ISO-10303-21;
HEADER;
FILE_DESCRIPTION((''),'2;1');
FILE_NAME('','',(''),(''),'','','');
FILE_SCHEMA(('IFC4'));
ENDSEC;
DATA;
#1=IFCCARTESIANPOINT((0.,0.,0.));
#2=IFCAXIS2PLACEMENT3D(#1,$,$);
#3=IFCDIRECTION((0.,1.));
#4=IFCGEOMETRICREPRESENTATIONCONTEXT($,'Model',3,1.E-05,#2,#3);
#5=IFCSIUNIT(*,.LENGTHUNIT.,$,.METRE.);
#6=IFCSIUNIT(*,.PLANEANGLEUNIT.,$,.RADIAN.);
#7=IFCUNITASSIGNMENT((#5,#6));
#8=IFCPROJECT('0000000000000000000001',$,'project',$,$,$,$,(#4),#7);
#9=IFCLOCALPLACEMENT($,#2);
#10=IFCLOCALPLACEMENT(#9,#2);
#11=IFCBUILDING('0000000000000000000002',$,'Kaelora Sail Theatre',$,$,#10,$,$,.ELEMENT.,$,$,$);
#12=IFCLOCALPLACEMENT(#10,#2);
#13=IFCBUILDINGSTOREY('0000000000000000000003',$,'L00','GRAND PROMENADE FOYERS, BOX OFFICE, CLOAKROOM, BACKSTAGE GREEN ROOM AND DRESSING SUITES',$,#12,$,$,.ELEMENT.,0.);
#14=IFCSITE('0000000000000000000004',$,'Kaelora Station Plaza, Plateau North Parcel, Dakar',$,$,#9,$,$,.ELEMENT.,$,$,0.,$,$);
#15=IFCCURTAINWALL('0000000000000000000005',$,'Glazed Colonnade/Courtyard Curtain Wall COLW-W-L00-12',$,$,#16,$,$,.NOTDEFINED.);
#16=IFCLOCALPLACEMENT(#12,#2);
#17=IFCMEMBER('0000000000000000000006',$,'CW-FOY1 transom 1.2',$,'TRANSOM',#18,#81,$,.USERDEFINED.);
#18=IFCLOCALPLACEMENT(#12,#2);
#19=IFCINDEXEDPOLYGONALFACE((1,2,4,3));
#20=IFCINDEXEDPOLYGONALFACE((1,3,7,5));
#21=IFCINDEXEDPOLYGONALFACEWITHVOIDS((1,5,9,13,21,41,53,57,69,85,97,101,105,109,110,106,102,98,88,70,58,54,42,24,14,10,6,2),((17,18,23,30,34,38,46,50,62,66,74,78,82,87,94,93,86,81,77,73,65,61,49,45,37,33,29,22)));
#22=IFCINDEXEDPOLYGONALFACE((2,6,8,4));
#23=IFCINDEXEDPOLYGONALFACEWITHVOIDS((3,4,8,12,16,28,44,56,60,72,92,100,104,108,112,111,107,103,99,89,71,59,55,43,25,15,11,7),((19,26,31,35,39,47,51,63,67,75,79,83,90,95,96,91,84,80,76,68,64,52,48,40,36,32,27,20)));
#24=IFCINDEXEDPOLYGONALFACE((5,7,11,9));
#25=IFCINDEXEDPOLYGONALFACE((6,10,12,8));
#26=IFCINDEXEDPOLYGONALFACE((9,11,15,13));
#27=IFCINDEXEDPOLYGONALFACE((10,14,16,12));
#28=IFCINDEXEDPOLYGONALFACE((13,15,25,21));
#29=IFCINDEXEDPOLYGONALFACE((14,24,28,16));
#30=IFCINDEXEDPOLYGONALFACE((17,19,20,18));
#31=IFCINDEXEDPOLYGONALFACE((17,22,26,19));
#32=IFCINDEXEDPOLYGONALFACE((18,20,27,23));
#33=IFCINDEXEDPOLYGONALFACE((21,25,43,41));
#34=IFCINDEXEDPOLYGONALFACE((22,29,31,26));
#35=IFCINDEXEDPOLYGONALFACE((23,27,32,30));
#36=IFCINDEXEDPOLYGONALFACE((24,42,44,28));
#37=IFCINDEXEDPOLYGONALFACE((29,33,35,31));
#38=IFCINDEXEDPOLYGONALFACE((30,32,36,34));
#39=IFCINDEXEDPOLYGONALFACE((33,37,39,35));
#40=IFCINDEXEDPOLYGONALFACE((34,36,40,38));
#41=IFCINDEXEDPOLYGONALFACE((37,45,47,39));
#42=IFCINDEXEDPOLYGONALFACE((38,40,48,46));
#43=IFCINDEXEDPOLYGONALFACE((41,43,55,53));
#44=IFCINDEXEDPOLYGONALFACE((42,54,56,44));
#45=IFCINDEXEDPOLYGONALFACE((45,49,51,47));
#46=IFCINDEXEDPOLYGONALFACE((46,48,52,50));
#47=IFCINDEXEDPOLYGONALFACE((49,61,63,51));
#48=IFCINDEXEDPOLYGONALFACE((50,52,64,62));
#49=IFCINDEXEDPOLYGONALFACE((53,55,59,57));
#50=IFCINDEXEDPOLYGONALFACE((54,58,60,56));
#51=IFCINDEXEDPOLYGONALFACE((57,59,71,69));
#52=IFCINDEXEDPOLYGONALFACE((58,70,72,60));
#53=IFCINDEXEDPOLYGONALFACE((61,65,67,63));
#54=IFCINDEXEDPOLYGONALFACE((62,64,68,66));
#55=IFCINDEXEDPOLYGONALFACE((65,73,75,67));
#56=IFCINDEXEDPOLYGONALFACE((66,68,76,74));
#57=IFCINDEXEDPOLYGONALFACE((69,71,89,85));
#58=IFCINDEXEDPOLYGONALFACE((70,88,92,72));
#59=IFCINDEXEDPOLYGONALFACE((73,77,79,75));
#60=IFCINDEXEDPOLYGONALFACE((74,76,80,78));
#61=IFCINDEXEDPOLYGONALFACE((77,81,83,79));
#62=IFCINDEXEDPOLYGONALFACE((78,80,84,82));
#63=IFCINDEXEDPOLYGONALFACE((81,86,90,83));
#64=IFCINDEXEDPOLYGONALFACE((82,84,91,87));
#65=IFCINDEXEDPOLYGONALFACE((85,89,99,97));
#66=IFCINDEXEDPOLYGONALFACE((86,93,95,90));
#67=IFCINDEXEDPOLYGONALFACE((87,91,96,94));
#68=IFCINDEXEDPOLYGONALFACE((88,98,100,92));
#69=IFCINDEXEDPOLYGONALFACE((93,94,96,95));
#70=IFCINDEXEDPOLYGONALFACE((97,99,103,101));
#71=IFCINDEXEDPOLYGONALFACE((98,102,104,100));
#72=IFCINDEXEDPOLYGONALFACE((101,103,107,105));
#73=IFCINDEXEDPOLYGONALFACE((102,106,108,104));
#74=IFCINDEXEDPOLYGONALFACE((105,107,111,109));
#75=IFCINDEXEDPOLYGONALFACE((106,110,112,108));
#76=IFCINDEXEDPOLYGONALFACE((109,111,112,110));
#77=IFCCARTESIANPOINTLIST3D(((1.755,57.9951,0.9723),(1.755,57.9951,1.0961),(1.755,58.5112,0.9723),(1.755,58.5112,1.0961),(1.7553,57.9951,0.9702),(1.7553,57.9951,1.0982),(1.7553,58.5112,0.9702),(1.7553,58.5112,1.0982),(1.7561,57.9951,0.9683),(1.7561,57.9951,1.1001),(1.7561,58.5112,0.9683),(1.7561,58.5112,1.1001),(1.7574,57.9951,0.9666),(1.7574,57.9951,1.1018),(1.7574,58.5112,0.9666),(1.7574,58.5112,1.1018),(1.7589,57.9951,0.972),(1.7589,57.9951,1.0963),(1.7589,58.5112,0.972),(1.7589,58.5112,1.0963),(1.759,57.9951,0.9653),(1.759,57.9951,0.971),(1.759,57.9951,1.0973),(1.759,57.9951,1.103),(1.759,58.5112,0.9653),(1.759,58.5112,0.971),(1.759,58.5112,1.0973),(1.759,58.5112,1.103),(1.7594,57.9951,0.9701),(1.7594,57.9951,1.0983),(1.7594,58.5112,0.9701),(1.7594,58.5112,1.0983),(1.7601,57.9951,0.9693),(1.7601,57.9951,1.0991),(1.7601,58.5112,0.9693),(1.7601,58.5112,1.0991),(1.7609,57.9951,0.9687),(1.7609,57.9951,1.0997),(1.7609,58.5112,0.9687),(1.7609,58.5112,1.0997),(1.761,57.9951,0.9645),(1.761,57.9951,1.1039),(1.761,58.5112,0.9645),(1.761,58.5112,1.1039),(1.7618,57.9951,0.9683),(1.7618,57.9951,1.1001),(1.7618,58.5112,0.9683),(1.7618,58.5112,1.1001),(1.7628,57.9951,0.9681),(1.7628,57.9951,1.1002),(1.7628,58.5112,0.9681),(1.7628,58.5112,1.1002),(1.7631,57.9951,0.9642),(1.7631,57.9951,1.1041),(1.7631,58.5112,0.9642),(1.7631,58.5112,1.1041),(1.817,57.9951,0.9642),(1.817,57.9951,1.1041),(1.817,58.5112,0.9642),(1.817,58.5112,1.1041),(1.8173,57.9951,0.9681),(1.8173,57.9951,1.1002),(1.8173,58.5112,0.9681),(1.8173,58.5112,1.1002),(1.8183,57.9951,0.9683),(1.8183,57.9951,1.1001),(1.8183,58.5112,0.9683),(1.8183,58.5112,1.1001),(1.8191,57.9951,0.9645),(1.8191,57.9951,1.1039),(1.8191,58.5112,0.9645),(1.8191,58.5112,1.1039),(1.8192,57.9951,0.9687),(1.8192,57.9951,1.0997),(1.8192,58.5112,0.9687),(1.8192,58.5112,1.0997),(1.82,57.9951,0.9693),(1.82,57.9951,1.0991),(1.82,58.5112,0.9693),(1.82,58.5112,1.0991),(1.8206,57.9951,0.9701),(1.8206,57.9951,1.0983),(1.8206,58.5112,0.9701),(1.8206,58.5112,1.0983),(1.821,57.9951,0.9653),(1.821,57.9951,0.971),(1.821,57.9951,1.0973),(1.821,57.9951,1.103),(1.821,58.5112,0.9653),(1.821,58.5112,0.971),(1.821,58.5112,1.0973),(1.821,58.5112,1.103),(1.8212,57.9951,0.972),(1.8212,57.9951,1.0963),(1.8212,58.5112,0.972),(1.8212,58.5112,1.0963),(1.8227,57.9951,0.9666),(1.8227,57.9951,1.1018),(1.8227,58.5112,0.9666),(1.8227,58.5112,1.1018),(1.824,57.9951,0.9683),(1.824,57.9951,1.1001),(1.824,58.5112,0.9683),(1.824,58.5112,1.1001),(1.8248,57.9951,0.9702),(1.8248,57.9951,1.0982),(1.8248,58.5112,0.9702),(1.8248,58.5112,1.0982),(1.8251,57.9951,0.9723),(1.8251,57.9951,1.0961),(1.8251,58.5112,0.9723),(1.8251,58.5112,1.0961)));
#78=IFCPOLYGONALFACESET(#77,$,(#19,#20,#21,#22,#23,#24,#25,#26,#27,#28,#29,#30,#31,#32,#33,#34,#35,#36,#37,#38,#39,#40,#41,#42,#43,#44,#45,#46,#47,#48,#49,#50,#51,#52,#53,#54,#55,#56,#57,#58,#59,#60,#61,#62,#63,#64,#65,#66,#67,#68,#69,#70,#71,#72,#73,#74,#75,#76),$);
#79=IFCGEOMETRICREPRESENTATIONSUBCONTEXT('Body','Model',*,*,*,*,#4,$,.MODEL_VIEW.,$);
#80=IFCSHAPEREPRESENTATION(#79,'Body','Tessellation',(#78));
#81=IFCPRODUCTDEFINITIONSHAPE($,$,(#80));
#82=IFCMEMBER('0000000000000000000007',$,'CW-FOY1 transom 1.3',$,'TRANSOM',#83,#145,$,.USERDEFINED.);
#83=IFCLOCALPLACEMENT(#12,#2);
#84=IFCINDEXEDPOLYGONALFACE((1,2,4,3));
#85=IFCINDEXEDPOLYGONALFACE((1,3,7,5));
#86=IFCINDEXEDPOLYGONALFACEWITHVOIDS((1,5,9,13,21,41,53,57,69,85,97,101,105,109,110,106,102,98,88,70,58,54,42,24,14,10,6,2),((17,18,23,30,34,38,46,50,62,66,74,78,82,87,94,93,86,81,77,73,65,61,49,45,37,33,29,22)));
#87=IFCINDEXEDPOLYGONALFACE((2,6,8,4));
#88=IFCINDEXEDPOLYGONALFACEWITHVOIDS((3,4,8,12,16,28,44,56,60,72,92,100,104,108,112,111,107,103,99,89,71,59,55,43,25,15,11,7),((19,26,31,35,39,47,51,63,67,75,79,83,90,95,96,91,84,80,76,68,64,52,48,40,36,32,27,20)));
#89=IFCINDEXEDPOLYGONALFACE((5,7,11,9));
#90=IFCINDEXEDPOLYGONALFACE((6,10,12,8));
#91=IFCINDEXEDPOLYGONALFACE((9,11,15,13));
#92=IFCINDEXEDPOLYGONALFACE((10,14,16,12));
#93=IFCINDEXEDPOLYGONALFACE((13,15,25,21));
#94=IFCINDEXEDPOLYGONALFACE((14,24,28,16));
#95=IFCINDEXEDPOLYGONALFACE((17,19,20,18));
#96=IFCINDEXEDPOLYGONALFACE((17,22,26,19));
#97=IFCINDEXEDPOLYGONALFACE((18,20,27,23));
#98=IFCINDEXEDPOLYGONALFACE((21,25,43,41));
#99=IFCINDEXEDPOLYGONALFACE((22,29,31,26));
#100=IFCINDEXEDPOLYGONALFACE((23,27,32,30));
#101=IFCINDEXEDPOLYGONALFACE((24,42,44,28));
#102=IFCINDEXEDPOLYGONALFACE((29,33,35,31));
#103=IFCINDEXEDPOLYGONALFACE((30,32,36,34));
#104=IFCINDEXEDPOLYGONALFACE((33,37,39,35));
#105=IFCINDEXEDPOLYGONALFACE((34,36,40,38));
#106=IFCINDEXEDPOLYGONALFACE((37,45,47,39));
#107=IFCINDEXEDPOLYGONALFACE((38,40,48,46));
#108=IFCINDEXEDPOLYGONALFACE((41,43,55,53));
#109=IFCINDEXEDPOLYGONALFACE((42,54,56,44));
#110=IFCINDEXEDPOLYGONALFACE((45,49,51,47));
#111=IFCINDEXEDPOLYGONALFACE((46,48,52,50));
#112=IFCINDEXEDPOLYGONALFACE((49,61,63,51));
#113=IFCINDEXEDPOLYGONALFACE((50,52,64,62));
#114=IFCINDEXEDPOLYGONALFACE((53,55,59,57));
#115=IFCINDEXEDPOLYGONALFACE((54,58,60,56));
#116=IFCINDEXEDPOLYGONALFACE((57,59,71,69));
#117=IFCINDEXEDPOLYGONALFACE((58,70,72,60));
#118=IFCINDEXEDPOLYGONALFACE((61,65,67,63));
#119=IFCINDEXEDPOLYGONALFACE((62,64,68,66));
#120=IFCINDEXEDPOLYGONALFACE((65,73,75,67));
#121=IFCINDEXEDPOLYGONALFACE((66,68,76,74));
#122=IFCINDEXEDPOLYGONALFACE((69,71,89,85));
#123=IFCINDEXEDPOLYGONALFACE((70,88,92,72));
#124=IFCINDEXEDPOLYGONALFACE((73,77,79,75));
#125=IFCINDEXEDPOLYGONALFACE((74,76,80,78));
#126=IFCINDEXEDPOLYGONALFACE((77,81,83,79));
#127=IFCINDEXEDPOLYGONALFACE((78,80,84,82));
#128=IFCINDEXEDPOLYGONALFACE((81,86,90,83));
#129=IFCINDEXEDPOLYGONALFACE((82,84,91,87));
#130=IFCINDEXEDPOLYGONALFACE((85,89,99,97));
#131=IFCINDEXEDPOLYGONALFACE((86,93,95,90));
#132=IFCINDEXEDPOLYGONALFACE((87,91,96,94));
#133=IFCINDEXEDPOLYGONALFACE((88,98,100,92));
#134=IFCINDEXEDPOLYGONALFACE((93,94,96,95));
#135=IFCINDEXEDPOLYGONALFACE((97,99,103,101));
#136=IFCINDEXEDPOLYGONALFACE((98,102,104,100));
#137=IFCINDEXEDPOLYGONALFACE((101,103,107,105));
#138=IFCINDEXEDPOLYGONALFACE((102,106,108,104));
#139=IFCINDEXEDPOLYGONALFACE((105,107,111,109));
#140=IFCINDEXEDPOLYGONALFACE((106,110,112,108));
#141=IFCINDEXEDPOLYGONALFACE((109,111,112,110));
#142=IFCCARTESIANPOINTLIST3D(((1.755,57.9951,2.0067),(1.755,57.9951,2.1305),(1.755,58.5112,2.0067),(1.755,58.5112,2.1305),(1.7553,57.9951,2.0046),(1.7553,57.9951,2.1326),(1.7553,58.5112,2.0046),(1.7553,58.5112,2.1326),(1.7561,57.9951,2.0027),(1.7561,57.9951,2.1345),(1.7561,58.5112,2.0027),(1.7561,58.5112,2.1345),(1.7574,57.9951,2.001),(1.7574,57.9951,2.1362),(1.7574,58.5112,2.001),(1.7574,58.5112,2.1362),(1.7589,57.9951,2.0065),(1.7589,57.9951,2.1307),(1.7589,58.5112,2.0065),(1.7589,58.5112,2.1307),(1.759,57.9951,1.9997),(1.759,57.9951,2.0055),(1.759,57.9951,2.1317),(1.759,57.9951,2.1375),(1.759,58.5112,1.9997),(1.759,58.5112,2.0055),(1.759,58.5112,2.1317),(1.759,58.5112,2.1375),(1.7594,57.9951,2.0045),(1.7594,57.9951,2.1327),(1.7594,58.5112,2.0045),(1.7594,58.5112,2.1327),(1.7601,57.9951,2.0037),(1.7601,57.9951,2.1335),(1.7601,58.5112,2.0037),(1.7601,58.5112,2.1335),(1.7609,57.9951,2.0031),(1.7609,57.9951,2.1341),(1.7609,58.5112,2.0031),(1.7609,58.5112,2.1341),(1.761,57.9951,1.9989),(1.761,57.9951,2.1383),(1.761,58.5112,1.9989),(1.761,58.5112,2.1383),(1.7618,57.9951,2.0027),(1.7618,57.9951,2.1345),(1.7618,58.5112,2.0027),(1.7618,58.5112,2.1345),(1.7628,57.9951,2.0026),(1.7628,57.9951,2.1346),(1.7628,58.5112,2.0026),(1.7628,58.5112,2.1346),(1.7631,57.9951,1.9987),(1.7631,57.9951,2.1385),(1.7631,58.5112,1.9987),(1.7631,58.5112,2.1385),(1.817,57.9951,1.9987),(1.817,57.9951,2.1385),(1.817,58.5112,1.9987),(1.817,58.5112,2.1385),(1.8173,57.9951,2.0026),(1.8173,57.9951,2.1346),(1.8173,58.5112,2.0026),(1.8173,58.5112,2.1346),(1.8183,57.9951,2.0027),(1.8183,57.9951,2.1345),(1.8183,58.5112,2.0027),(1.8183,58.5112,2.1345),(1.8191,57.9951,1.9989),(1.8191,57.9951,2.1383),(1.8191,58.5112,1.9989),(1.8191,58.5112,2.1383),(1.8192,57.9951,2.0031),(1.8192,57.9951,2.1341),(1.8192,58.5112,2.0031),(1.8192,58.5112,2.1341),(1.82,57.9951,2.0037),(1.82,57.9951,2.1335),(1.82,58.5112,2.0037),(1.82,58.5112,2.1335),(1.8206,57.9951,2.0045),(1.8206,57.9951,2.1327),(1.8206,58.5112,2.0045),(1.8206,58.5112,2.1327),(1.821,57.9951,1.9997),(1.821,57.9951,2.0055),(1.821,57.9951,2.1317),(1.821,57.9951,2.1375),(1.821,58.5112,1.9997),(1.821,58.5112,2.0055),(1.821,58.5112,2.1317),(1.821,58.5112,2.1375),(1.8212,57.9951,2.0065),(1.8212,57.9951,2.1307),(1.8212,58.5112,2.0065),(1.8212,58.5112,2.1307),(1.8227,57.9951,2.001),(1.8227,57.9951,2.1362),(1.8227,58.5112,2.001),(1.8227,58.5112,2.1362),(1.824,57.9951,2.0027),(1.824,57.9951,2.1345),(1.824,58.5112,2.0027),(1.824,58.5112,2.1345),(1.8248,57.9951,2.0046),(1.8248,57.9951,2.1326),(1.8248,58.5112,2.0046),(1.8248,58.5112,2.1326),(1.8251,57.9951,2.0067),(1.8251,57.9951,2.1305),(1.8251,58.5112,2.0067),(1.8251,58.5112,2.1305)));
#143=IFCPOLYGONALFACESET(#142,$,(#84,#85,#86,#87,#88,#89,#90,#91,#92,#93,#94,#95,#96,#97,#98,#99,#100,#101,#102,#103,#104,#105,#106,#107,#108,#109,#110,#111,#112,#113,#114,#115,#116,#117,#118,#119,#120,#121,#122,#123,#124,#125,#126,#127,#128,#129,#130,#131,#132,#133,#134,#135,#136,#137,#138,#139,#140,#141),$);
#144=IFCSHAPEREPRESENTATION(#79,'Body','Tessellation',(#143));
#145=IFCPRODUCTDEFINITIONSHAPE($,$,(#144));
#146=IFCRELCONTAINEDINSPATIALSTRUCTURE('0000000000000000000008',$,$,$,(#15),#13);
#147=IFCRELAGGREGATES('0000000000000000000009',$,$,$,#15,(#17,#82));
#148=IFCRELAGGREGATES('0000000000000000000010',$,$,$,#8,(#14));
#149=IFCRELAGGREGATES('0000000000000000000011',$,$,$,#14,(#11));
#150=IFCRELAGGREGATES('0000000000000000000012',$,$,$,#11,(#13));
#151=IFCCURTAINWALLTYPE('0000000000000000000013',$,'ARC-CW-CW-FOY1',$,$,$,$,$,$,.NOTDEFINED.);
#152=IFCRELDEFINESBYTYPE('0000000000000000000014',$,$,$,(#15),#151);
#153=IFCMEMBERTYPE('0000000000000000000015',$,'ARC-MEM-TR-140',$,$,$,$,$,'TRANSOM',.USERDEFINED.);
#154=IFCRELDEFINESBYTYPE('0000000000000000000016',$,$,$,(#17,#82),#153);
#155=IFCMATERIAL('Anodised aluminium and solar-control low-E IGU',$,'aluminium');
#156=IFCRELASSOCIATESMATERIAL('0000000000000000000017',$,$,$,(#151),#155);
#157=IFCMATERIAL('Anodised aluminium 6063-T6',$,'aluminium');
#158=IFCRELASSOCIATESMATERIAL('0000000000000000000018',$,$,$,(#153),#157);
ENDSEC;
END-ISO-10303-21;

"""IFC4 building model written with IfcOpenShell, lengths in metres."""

from ifc_helpers import new_model, si_unit, direction, frame, origin, origin_2d, place, context, subcontext, project, spatial, hollow_rectangle, extrude, material, material_profile, profile_set, type_object, element, aggregate, save


model = new_model("IFC4")

# Units and contexts
model_context = context("Model", 3, precision=1e-05, world=origin(), true_north=direction((0.0, 1.0)))
body_context = subcontext(model_context, "Body", "Model", "MODEL_VIEW")
ifc_project = project(units=[si_unit("LENGTHUNIT", "METRE"), si_unit("PLANEANGLEUNIT", "RADIAN")], contexts=[model_context])

# Site, building, storey
site_placement = place(None, origin())
site = spatial("IfcSite", under=ifc_project, at=site_placement, Name="Kaelora Station Plaza, Plateau North Parcel, Dakar", CompositionType="ELEMENT", RefElevation=0.0)
building_placement = place(site_placement, origin())
building = spatial("IfcBuilding", under=site, at=building_placement, Name="Kaelora Sail Theatre", CompositionType="ELEMENT")
storey_placement = place(building_placement, origin())
storey = spatial("IfcBuildingStorey", under=building, at=storey_placement, Name="L00", Description="GRAND PROMENADE FOYERS, BOX OFFICE, CLOAKROOM, BACKSTAGE GREEN ROOM AND DRESSING SUITES", CompositionType="ELEMENT", Elevation=0.0)

# Shared definitions
ifc_material_1 = material(Name="Anodised aluminium and solar-control low-E IGU", Category="aluminium")
curtain_wall_type = type_object("IfcCurtainWallType", Name="ARC-CW-CW-FOY1", PredefinedType="NOTDEFINED", material=ifc_material_1)

# Curtain wall, members
curtain_wall_1_placement = place(storey_placement, origin())
curtain_wall_1 = element("IfcCurtainWall", 1, at=curtain_wall_1_placement, inside=storey, type_object=curtain_wall_type, Name="Glazed Colonnade/Courtyard Curtain Wall COLW-W-L00-12", PredefinedType="NOTDEFINED")
ifc_material_2 = material(Name="Anodised aluminium 6063-T6", Category="aluminium")
ifc_material_profile_1 = material_profile(ifc_material_2, hollow_rectangle(XDim=0.0701, YDim=0.1399, WallThickness=0.0039, InnerFilletRadius=0.0039, OuterFilletRadius=0.0081, at=origin_2d()), Name="ALU-TRAN 70x140x4")
ifc_profile_set_1 = profile_set([ifc_material_profile_1], Name="Anodised aluminium 6063-T6")
member_type_1 = type_object("IfcMemberType", Name="ARC-MEM-TR-140", ElementType="TRANSOM", PredefinedType="USERDEFINED", material=ifc_profile_set_1)
member_1_placement = place(storey_placement, frame((1.79, 57.9951, 1.0342), z_axis=(0.0, 1.0, 0.0), x_axis=(-1.0, 0.0, 0.0)))
member_1 = element("IfcMember", 2, at=member_1_placement, type_object=member_type_1, Name="CW-FOY1 transom 1.2", ObjectType="TRANSOM", PredefinedType="USERDEFINED", context=body_context, shape_type="SweptSolid", body=[
    extrude(hollow_rectangle(XDim=0.0701, YDim=0.1399, WallThickness=0.0039, InnerFilletRadius=0.0039, OuterFilletRadius=0.0081, at=origin_2d()), origin(), (0.0, 0.0, 1.0), 0.5161),
])
member_2_placement = place(storey_placement, frame((1.79, 57.9951, 2.0686), z_axis=(0.0, 1.0, 0.0), x_axis=(-1.0, 0.0, 0.0)))
member_2 = element("IfcMember", 3, at=member_2_placement, type_object=member_type_1, Name="CW-FOY1 transom 1.3", ObjectType="TRANSOM", PredefinedType="USERDEFINED", context=body_context, shape_type="SweptSolid", body=[
    extrude(hollow_rectangle(XDim=0.0701, YDim=0.1399, WallThickness=0.0039, InnerFilletRadius=0.0039, OuterFilletRadius=0.0081, at=origin_2d()), origin(), (0.0, 0.0, 1.0), 0.5161),
])

aggregate(curtain_wall_1, [member_1, member_2])

save(model, "model.ifc")
